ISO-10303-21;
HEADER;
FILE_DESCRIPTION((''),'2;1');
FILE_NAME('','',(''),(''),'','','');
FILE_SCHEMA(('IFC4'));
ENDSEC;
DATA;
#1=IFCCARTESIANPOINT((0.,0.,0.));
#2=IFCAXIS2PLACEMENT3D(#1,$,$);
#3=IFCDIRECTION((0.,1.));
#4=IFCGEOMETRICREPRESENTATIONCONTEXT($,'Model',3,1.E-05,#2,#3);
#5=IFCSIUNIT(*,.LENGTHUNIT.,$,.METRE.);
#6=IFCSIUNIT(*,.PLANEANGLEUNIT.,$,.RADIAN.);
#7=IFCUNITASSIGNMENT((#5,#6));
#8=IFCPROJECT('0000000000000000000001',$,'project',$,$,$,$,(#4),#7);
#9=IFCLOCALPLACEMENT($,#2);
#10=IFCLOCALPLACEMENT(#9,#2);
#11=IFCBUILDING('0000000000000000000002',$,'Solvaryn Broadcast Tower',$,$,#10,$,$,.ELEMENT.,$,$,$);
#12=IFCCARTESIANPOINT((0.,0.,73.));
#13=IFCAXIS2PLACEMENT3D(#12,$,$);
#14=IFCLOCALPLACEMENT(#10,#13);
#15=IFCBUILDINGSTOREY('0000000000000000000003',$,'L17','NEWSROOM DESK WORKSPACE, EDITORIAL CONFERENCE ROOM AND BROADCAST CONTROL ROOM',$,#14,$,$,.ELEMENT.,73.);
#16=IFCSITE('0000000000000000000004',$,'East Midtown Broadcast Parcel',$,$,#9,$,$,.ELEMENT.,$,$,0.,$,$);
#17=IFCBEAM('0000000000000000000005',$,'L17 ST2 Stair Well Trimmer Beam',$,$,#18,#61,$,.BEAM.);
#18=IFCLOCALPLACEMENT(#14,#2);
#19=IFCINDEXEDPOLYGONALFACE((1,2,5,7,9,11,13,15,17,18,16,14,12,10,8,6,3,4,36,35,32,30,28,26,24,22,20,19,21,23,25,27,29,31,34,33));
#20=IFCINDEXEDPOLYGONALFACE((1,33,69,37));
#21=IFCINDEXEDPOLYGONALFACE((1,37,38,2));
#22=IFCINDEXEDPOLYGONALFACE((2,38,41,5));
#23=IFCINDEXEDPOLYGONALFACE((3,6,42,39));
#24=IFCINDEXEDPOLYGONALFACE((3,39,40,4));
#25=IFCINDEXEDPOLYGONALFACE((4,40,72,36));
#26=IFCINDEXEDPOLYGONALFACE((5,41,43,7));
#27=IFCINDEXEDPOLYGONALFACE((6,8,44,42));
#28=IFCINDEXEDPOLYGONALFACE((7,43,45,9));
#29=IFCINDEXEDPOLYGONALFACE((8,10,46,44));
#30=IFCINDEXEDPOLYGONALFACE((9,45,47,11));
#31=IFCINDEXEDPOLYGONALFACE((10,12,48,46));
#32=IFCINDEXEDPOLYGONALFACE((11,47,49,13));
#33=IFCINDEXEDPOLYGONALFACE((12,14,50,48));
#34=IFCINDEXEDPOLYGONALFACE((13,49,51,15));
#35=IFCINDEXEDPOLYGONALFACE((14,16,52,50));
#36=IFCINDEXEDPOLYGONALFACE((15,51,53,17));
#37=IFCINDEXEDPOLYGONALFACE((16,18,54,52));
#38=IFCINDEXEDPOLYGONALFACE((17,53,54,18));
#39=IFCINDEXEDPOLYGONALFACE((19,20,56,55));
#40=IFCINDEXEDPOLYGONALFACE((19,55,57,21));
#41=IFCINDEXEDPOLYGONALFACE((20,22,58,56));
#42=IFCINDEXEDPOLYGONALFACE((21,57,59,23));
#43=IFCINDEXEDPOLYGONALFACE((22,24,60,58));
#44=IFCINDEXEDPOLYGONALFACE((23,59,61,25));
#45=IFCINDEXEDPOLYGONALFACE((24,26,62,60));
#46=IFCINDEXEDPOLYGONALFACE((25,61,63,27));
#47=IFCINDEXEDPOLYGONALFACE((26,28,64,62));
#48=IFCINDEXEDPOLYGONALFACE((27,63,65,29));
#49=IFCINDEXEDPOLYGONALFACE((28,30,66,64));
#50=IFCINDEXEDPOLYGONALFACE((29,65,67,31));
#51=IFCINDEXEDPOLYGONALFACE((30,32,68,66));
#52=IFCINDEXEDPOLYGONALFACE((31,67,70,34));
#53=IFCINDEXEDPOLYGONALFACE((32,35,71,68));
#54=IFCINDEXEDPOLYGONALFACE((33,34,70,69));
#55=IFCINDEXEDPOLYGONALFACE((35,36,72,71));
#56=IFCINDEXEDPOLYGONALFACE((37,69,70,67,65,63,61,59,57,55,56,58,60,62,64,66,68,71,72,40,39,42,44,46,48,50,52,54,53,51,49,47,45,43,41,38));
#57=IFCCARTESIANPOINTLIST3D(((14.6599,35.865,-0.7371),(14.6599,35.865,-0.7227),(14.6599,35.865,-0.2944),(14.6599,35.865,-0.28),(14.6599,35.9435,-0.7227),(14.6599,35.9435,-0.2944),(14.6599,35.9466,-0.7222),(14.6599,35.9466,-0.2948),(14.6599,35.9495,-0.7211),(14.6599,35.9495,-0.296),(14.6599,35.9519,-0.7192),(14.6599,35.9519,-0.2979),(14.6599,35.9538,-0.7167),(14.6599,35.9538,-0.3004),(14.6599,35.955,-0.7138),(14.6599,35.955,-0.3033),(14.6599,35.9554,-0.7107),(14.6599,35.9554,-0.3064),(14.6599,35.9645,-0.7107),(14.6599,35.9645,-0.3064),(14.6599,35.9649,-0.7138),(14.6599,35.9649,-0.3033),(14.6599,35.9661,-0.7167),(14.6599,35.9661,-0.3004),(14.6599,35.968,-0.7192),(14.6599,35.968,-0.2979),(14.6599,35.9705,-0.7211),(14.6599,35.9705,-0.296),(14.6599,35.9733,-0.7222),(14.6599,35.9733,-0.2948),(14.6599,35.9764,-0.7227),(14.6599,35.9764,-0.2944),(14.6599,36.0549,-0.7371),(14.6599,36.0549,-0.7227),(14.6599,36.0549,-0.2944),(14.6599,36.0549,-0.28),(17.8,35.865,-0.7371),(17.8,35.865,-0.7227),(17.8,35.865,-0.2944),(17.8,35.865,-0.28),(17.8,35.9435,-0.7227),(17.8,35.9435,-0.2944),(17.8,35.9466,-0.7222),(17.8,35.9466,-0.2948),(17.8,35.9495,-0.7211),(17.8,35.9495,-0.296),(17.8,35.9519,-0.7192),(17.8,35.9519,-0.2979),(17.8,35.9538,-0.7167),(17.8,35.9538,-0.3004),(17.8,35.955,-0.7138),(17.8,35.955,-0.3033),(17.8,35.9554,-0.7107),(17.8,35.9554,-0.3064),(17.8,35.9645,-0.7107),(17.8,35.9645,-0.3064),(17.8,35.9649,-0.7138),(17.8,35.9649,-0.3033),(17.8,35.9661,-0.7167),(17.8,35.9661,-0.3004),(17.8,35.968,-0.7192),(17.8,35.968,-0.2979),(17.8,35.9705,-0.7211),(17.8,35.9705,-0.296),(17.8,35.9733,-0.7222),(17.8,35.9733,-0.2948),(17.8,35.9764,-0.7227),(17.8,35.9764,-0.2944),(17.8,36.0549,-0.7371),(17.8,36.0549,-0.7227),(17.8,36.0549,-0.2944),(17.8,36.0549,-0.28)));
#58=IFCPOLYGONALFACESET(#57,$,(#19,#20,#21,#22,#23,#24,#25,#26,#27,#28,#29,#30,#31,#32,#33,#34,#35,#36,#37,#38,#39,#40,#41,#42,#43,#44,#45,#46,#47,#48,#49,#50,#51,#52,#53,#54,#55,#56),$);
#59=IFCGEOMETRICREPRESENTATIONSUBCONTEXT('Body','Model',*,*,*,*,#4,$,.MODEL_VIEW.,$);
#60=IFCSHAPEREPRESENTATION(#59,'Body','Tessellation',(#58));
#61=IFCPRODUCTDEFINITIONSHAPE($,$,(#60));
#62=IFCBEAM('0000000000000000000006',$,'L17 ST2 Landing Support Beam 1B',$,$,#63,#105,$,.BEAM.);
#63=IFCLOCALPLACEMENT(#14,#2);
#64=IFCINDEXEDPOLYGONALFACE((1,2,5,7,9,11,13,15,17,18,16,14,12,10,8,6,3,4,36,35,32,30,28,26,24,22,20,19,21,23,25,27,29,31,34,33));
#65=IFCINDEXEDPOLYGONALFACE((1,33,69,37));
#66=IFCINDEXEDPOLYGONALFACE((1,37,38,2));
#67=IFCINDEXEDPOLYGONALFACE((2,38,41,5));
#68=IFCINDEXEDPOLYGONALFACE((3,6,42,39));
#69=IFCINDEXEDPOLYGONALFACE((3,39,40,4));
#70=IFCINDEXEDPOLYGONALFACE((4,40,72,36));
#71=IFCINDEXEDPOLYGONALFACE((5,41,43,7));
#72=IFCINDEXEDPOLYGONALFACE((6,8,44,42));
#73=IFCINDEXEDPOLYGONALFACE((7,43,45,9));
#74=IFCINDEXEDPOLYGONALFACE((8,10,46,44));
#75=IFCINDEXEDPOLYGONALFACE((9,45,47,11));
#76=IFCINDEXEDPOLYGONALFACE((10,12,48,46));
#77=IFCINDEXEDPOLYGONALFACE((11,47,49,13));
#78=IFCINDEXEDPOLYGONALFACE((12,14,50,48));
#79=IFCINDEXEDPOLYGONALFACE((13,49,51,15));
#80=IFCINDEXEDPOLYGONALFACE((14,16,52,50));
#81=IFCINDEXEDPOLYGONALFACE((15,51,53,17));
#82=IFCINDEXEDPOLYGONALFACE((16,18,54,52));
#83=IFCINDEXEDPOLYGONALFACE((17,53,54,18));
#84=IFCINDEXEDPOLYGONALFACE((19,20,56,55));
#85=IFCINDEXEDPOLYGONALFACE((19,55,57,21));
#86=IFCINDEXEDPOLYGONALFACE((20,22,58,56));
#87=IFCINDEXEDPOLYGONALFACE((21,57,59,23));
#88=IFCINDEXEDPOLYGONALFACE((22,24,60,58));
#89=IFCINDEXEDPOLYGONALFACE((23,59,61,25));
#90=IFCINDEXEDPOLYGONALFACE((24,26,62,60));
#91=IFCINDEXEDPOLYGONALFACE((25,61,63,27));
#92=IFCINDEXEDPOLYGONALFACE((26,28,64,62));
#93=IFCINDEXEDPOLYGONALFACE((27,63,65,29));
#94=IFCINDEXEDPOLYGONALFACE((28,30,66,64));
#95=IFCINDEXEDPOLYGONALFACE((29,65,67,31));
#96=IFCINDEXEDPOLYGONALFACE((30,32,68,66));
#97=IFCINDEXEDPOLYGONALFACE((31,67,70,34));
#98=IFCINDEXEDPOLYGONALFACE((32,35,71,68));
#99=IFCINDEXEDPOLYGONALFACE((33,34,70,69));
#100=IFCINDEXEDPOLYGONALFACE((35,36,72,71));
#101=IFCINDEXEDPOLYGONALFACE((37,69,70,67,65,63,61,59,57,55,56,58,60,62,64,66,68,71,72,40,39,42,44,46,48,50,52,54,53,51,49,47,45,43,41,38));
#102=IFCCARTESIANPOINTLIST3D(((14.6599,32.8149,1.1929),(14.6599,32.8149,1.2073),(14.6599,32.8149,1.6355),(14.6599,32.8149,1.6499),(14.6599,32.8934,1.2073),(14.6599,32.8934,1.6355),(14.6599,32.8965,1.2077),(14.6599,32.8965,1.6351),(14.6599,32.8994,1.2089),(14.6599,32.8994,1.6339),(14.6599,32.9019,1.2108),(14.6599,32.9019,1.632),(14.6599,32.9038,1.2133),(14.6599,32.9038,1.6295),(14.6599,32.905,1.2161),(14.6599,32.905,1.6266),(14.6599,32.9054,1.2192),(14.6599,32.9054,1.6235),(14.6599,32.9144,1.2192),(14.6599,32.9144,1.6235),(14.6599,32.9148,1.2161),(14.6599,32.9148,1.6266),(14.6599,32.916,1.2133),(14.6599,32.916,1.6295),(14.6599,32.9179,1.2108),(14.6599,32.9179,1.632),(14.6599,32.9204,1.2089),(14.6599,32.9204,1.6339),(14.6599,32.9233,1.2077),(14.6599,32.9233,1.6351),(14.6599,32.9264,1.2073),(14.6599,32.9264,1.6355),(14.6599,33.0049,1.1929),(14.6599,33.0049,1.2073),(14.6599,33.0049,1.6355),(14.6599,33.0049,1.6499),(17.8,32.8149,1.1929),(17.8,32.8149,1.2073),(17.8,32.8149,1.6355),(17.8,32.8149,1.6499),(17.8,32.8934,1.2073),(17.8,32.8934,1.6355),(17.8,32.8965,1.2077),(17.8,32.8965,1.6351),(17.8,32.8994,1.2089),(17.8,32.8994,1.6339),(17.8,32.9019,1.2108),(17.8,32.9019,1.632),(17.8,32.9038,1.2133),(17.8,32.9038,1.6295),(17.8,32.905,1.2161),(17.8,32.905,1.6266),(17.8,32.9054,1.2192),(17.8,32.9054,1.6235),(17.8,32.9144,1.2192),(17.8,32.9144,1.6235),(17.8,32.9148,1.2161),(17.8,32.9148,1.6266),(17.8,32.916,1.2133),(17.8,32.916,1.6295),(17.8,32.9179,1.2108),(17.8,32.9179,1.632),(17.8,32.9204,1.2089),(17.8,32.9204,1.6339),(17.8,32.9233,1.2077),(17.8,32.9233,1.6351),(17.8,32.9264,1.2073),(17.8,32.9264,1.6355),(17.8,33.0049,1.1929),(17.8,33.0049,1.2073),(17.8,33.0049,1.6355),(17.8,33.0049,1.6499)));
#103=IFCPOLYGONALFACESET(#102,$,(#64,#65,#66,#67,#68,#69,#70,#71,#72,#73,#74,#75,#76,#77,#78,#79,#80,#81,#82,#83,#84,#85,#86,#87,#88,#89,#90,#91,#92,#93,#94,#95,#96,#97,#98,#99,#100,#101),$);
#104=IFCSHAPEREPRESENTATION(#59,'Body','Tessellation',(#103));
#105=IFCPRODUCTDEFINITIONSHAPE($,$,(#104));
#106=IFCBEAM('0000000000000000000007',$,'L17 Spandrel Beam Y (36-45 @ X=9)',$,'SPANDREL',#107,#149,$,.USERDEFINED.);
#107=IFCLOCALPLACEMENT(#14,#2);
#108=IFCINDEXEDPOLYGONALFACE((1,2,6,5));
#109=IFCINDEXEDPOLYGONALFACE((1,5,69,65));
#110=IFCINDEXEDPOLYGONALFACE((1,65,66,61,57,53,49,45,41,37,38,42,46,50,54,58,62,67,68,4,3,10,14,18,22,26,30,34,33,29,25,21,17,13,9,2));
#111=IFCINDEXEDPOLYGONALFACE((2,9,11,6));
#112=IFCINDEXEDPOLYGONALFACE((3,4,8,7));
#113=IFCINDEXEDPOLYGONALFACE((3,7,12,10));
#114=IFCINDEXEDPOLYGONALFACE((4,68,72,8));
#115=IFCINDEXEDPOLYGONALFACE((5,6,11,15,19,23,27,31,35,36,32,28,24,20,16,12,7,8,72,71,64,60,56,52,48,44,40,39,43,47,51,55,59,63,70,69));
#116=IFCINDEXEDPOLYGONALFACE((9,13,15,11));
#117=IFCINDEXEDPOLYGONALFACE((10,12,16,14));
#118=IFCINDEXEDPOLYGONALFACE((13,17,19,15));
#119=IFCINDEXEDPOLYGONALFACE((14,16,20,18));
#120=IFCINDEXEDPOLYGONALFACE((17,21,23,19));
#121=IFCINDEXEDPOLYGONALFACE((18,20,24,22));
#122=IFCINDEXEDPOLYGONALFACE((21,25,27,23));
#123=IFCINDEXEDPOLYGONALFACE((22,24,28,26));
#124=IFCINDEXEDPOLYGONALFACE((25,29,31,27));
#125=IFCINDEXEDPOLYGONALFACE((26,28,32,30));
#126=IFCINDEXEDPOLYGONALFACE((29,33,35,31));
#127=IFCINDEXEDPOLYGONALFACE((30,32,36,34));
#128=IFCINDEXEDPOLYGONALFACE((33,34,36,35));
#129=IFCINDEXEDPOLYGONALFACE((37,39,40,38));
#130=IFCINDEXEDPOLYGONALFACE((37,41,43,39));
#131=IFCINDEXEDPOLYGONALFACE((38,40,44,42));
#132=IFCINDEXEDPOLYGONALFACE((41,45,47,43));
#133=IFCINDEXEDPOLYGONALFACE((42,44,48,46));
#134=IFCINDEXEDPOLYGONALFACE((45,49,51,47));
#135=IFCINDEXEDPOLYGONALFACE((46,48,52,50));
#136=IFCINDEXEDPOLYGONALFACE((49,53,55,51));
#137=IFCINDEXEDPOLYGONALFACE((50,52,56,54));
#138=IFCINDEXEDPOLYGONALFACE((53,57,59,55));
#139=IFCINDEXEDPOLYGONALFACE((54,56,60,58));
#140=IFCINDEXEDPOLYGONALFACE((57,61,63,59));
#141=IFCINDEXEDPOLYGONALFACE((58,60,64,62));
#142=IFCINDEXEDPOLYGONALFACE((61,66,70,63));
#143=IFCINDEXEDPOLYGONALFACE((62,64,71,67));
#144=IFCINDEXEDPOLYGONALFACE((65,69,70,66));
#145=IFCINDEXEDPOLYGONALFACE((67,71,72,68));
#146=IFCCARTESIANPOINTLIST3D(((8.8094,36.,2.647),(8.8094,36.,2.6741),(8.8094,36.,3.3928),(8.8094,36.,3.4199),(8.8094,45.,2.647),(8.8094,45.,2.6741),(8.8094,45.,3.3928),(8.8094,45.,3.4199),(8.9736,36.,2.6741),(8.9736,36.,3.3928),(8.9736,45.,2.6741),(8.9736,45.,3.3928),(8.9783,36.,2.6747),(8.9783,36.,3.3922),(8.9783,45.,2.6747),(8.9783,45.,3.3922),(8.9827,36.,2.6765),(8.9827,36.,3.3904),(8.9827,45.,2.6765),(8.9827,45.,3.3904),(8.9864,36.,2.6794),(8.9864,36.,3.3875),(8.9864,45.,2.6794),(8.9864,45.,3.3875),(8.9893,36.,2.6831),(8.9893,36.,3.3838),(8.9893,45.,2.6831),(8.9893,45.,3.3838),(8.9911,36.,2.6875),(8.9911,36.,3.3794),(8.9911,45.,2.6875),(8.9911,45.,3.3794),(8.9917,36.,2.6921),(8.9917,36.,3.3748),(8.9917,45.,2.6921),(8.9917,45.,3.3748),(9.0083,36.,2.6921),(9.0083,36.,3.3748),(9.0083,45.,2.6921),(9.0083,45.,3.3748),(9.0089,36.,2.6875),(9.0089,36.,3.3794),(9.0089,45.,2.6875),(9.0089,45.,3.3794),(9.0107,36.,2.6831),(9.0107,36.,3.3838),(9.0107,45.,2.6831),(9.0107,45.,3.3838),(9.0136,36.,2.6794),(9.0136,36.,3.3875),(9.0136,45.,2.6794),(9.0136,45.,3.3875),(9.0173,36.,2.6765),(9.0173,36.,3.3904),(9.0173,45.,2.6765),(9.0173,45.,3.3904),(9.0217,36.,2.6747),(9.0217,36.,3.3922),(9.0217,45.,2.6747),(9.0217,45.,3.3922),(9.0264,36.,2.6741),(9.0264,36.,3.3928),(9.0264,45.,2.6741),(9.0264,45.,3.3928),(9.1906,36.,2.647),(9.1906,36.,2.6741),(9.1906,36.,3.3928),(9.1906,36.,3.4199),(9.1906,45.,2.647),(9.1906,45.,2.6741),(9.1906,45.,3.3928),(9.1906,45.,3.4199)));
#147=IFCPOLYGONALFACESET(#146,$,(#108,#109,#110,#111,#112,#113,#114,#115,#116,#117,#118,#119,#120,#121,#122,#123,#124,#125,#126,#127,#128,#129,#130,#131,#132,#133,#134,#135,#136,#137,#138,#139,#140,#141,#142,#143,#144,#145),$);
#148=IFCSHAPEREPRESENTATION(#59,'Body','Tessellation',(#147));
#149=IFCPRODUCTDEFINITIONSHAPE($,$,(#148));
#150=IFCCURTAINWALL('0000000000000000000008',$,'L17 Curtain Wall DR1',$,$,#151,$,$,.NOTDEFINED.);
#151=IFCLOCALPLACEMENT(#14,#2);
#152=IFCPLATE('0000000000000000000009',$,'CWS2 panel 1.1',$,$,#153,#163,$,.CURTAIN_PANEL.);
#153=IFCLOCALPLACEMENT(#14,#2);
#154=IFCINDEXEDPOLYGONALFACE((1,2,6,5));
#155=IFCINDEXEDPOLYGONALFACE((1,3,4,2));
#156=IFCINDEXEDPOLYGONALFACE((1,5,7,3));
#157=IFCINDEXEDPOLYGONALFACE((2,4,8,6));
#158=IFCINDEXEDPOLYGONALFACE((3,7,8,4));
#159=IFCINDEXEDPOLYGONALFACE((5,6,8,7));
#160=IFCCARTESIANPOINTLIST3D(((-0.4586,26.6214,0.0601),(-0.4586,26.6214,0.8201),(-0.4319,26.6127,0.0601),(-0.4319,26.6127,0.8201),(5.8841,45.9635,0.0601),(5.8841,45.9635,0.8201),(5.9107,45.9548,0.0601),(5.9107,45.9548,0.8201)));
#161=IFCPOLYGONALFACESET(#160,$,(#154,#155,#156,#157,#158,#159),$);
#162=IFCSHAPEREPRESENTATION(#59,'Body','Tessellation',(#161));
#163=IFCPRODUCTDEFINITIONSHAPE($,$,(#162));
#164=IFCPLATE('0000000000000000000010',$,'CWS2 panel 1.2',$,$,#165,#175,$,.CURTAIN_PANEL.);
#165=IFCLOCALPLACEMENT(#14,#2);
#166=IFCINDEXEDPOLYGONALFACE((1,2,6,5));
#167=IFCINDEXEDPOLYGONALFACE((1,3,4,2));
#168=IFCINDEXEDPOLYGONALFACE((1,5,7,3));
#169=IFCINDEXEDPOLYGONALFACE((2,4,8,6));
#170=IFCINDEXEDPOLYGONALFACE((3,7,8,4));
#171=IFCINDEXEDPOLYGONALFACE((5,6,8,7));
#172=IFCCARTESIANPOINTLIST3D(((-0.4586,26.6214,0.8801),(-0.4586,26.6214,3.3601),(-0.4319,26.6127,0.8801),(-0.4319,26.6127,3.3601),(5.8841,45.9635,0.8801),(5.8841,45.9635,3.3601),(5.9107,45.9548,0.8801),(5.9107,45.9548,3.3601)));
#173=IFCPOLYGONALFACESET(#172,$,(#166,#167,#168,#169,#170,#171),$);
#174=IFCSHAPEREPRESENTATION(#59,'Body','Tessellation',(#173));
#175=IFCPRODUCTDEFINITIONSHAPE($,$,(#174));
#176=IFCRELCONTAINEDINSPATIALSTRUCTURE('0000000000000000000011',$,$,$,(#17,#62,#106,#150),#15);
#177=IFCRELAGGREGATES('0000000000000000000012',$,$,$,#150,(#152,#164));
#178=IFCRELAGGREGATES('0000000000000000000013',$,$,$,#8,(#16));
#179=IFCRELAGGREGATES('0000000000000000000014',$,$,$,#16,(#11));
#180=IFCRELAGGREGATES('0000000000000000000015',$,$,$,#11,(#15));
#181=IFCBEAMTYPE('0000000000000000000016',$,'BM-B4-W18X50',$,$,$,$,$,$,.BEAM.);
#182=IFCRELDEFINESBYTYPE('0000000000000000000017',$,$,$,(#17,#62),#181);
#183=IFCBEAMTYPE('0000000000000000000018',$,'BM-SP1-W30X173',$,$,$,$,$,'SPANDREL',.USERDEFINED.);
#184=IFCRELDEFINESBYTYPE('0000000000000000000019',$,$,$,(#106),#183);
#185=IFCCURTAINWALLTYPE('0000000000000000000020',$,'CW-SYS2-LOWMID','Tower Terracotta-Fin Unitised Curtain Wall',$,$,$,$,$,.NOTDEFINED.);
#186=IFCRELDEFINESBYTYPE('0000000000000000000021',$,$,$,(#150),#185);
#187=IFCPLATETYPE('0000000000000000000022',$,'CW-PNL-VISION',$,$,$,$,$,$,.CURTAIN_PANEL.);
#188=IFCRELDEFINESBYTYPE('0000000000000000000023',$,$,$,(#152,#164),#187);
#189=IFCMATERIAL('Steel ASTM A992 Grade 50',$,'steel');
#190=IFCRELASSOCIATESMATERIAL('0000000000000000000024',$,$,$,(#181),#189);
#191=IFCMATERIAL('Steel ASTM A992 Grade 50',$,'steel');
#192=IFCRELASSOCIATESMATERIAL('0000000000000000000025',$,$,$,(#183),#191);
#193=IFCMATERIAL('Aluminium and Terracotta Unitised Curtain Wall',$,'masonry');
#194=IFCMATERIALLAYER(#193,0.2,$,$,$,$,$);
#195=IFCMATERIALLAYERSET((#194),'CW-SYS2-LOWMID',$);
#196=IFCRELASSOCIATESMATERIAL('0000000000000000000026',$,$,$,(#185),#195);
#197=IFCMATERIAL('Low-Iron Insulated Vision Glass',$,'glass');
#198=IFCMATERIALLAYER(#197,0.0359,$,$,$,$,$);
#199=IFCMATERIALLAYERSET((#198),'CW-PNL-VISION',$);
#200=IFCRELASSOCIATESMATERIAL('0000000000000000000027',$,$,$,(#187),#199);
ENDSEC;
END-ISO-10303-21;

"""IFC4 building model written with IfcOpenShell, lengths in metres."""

from ifc_helpers import new_model, si_unit, direction, frame, origin, origin_2d, place, context, subcontext, project, spatial, rectangle, i_section, extrude, material, layer, layer_set, material_profile, profile_set, type_object, element, aggregate, save


model = new_model("IFC4")

# Units and contexts
model_context = context("Model", 3, precision=1e-05, world=origin(), true_north=direction((0.0, 1.0)))
body_context = subcontext(model_context, "Body", "Model", "MODEL_VIEW")
ifc_project = project(units=[si_unit("LENGTHUNIT", "METRE"), si_unit("PLANEANGLEUNIT", "RADIAN")], contexts=[model_context])

# Site, building, storey
site_placement = place(None, origin())
site = spatial("IfcSite", under=ifc_project, at=site_placement, Name="East Midtown Broadcast Parcel", CompositionType="ELEMENT", RefElevation=0.0)
building_placement = place(site_placement, origin())
building = spatial("IfcBuilding", under=site, at=building_placement, Name="Solvaryn Broadcast Tower", CompositionType="ELEMENT")
storey_placement = place(building_placement, frame((0.0, 0.0, 73.0)))
storey = spatial("IfcBuildingStorey", under=building, at=storey_placement, Name="L17", Description="NEWSROOM DESK WORKSPACE, EDITORIAL CONFERENCE ROOM AND BROADCAST CONTROL ROOM", CompositionType="ELEMENT", Elevation=73.0)

# Beams
ifc_material_1 = material(Name="Steel ASTM A992 Grade 50", Category="steel")
ifc_material_profile_1 = material_profile(ifc_material_1, i_section(OverallWidth=0.1899, OverallDepth=0.457, WebThickness=0.009, FlangeThickness=0.0144, FilletRadius=0.012, at=origin_2d()))
ifc_profile_set_1 = profile_set([ifc_material_profile_1], Name="Steel ASTM A992 Grade 50")
beam_type_1 = type_object("IfcBeamType", Name="BM-B4-W18X50", PredefinedType="BEAM", material=ifc_profile_set_1)
for number, where, z_axis, x_axis, name in (
    (1, (14.6599, 35.96, -0.5085), (1.0, 0.0, 0.0), (0.0, 1.0, 0.0), "L17 ST2 Stair Well Trimmer Beam"),
    (2, (14.6599, 32.9099, 1.4214), (1.0, 0.0, 0.0), (0.0, 1.0, 0.0), "L17 ST2 Landing Support Beam 1B"),
):
    element("IfcBeam", number, at=place(storey_placement, frame(where, z_axis=z_axis, x_axis=x_axis)), inside=storey, type_object=beam_type_1, Name=name, PredefinedType="BEAM", context=body_context, shape_type="SweptSolid", body=[
        extrude(i_section(OverallWidth=0.1899, OverallDepth=0.457, WebThickness=0.009, FlangeThickness=0.0144, FilletRadius=0.012, at=origin_2d()), origin(), (0.0, 0.0, 1.0), 3.1401),
    ])
ifc_material_2 = material(Name="Steel ASTM A992 Grade 50", Category="steel")
ifc_material_profile_2 = material_profile(ifc_material_2, i_section(OverallWidth=0.3811, OverallDepth=0.7729, WebThickness=0.0166, FlangeThickness=0.0271, FilletRadius=0.0181, at=origin_2d()))
ifc_profile_set_2 = profile_set([ifc_material_profile_2], Name="Steel ASTM A992 Grade 50")
beam_type_2 = type_object("IfcBeamType", Name="BM-SP1-W30X173", ElementType="SPANDREL", PredefinedType="USERDEFINED", material=ifc_profile_set_2)
beam_1_placement = place(storey_placement, frame((9.0, 36.0, 3.0334), z_axis=(0.0, 1.0, 0.0), x_axis=(-1.0, 0.0, 0.0)))
element("IfcBeam", 3, at=beam_1_placement, inside=storey, type_object=beam_type_2, Name="L17 Spandrel Beam Y (36-45 @ X=9)", ObjectType="SPANDREL", PredefinedType="USERDEFINED", context=body_context, shape_type="SweptSolid", body=[
    extrude(i_section(OverallWidth=0.3811, OverallDepth=0.7729, WebThickness=0.0166, FlangeThickness=0.0271, FilletRadius=0.0181, at=origin_2d()), origin(), (0.0, 0.0, 1.0), 9.0),
])

# Curtain wall, plates
ifc_material_3 = material(Name="Aluminium and Terracotta Unitised Curtain Wall", Category="masonry")
ifc_layer_1 = layer(ifc_material_3, 0.2)
ifc_layer_set_1 = layer_set([ifc_layer_1], Name="CW-SYS2-LOWMID")
curtain_wall_type = type_object("IfcCurtainWallType", Name="CW-SYS2-LOWMID", Description="Tower Terracotta-Fin Unitised Curtain Wall", PredefinedType="NOTDEFINED", material=ifc_layer_set_1)
curtain_wall_placement = place(storey_placement, origin())
curtain_wall = element("IfcCurtainWall", 4, at=curtain_wall_placement, inside=storey, type_object=curtain_wall_type, Name="L17 Curtain Wall DR1", PredefinedType="NOTDEFINED")
ifc_material_4 = material(Name="Low-Iron Insulated Vision Glass", Category="glass")
ifc_layer_2 = layer(ifc_material_4, 0.0359)
ifc_layer_set_2 = layer_set([ifc_layer_2], Name="CW-PNL-VISION")
plate_type = type_object("IfcPlateType", Name="CW-PNL-VISION", PredefinedType="CURTAIN_PANEL", material=ifc_layer_set_2)
plate_1_placement = place(storey_placement, frame((2.7261, 36.2881, 0.0601), z_axis=(0.0, 0.0, 1.0), x_axis=(-0.311594, -0.950215, 0.0)))
plate_1 = element("IfcPlate", 5, at=plate_1_placement, type_object=plate_type, Name="CWS2 panel 1.1", PredefinedType="CURTAIN_PANEL", context=body_context, shape_type="SweptSolid", body=[
    extrude(rectangle(XDim=20.3555, YDim=0.0281, at=origin_2d()), origin(), (0.0, 0.0, 1.0), 0.76),
])
plate_2_placement = place(storey_placement, frame((2.7261, 36.2881, 0.8801), z_axis=(0.0, 0.0, 1.0), x_axis=(-0.311594, -0.950215, 0.0)))
plate_2 = element("IfcPlate", 6, at=plate_2_placement, type_object=plate_type, Name="CWS2 panel 1.2", PredefinedType="CURTAIN_PANEL", context=body_context, shape_type="SweptSolid", body=[
    extrude(rectangle(XDim=20.3555, YDim=0.0281, at=origin_2d()), origin(), (0.0, 0.0, 1.0), 2.48),
])
aggregate(curtain_wall, [plate_1, plate_2])

save(model, "model.ifc")
